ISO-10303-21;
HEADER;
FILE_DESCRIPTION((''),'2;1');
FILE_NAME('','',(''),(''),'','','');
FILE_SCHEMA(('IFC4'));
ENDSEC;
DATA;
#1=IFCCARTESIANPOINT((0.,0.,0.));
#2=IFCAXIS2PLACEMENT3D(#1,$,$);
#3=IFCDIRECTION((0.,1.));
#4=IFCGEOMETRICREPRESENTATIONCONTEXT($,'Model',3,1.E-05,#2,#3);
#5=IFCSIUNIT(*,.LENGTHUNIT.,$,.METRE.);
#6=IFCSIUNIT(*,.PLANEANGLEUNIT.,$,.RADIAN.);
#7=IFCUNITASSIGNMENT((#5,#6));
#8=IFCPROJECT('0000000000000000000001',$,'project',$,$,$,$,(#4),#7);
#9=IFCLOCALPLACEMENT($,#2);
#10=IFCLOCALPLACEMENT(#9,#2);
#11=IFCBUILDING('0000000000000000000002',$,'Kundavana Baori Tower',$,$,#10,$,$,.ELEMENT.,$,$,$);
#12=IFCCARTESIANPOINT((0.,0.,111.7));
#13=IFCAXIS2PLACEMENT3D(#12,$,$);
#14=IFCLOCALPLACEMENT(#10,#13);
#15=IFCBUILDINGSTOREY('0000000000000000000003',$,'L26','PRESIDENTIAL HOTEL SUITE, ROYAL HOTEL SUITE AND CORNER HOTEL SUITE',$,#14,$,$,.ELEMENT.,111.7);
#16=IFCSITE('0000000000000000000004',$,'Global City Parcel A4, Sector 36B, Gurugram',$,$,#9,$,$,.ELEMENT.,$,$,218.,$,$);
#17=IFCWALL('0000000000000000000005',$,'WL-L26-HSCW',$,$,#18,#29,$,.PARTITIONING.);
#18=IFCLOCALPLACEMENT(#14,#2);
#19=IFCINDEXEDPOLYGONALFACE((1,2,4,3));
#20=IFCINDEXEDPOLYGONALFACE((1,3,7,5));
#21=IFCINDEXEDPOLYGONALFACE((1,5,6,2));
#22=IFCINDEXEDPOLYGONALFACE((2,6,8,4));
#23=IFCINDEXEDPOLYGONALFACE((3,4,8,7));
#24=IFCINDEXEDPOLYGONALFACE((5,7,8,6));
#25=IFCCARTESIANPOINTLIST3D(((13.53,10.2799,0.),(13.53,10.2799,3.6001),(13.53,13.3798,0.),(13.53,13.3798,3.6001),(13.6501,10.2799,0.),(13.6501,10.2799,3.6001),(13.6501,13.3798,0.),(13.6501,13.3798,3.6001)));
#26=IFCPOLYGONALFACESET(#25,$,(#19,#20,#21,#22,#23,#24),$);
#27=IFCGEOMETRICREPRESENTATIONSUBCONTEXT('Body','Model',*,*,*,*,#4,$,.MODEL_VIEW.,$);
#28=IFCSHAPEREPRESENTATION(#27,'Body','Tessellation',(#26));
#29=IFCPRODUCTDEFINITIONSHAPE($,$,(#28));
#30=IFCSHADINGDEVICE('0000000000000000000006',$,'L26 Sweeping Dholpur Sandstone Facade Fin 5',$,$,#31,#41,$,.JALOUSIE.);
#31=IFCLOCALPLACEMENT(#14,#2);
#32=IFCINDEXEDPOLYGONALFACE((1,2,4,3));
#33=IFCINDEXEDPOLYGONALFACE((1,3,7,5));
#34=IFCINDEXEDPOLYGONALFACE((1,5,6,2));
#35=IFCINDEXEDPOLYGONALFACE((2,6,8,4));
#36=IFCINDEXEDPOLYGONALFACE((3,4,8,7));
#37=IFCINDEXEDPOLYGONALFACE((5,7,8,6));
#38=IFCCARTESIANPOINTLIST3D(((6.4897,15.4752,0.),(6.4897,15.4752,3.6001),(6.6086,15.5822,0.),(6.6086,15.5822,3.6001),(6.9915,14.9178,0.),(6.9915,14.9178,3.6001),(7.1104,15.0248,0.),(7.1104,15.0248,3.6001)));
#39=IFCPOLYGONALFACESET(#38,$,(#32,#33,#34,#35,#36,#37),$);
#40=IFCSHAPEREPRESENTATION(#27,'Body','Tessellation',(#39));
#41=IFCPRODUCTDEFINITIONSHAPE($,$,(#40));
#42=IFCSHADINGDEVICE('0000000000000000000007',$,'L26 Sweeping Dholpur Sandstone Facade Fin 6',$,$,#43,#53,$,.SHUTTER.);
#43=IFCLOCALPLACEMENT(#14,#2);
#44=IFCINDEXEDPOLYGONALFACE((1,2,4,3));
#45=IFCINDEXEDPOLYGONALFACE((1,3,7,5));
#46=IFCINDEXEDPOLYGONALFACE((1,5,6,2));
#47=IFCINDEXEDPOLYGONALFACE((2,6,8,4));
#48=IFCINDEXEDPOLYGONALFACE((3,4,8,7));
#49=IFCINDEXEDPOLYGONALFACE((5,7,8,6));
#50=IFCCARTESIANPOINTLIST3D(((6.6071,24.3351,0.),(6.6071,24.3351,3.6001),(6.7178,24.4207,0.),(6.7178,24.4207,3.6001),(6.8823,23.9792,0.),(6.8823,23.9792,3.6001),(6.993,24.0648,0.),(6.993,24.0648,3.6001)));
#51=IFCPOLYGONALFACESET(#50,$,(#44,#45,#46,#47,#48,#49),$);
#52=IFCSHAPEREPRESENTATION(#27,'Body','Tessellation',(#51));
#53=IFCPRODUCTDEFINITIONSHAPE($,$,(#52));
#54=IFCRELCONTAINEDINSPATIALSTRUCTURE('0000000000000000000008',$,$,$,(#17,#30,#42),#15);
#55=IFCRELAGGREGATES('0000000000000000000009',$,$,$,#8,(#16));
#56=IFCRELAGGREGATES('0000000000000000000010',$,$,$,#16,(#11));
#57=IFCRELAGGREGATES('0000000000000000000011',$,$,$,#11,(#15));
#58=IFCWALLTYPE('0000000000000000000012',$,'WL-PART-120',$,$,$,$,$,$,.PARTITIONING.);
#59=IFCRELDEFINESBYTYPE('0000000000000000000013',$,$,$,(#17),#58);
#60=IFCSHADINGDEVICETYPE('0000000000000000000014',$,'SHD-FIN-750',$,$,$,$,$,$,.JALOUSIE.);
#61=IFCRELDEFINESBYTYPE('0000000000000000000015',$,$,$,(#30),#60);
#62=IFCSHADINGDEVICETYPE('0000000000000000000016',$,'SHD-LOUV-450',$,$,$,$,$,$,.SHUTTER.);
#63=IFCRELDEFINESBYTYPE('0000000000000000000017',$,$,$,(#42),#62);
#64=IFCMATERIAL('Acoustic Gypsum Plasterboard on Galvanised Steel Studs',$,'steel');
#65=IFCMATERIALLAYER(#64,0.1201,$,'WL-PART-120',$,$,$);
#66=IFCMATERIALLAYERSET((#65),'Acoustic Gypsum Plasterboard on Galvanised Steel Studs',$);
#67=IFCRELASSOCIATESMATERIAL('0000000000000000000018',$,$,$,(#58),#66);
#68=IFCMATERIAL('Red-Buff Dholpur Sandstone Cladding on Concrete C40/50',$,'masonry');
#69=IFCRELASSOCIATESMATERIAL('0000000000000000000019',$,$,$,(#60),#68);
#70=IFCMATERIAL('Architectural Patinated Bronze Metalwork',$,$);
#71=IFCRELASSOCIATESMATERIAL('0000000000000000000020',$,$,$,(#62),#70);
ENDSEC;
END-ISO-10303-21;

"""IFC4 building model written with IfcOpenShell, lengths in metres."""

from ifc_helpers import new_model, si_unit, direction, frame, frame_2d, origin, origin_2d, place, context, subcontext, project, spatial, rectangle, extrude, material, layer, layer_set, type_object, element, save


model = new_model("IFC4")

# Units and contexts
model_context = context("Model", 3, precision=1e-05, world=origin(), true_north=direction((0.0, 1.0)))
body_context = subcontext(model_context, "Body", "Model", "MODEL_VIEW")
ifc_project = project(units=[si_unit("LENGTHUNIT", "METRE"), si_unit("PLANEANGLEUNIT", "RADIAN")], contexts=[model_context])

# Site, building, storey
site_placement = place(None, origin())
site = spatial("IfcSite", under=ifc_project, at=site_placement, Name="Global City Parcel A4, Sector 36B, Gurugram", CompositionType="ELEMENT", RefElevation=218.0)
building_placement = place(site_placement, origin())
building = spatial("IfcBuilding", under=site, at=building_placement, Name="Kundavana Baori Tower", CompositionType="ELEMENT")
storey_placement = place(building_placement, frame((0.0, 0.0, 111.7)))
storey = spatial("IfcBuildingStorey", under=building, at=storey_placement, Name="L26", Description="PRESIDENTIAL HOTEL SUITE, ROYAL HOTEL SUITE AND CORNER HOTEL SUITE", CompositionType="ELEMENT", Elevation=111.7)

# Shared definitions
ifc_material_1 = material(Name="Acoustic Gypsum Plasterboard on Galvanised Steel Studs", Category="steel")
ifc_layer_1 = layer(ifc_material_1, 0.1201, Name="WL-PART-120")
ifc_layer_set_1 = layer_set([ifc_layer_1], Name="Acoustic Gypsum Plasterboard on Galvanised Steel Studs")
wall_type_1 = type_object("IfcWallType", Name="WL-PART-120", PredefinedType="PARTITIONING", material=ifc_layer_set_1)

# Wall
wall_1_placement = place(storey_placement, frame((13.5901, 10.28, 0.0), z_axis=(0.0, 0.0, 1.0), x_axis=(0.0, 1.0, 0.0)))
element("IfcWall", 1, at=wall_1_placement, inside=storey, type_object=wall_type_1, Name="WL-L26-HSCW", PredefinedType="PARTITIONING", context=body_context, shape_type="SweptSolid", body=[
    extrude(rectangle(XDim=3.0999, YDim=0.1201, at=frame_2d((1.5498, 0.0))), origin(), (0.0, 0.0, 1.0), 3.6001),
])

# Shading devices
ifc_material_2 = material(Name="Red-Buff Dholpur Sandstone Cladding on Concrete C40/50", Category="masonry")
shading_device_type_1 = type_object("IfcShadingDeviceType", Name="SHD-FIN-750", PredefinedType="JALOUSIE", material=ifc_material_2)
shading_device_1_placement = place(storey_placement, frame((6.8, 15.25, 0.0), z_axis=(0.0, 0.0, 1.0), x_axis=(0.743262, 0.669001, 0.0)))
element("IfcShadingDevice", 2, at=shading_device_1_placement, inside=storey, type_object=shading_device_type_1, Name="L26 Sweeping Dholpur Sandstone Facade Fin 5", PredefinedType="JALOUSIE", context=body_context, shape_type="SweptSolid", body=[
    extrude(rectangle(XDim=0.1599, YDim=0.75, at=origin_2d()), origin(), (0.0, 0.0, 1.0), 3.6001),
])
ifc_material_3 = material(Name="Architectural Patinated Bronze Metalwork")
shading_device_type_2 = type_object("IfcShadingDeviceType", Name="SHD-LOUV-450", PredefinedType="SHUTTER", material=ifc_material_3)
shading_device_2_placement = place(storey_placement, frame((6.8, 24.2, 0.0), z_axis=(0.0, 0.0, 1.0), x_axis=(0.791117, 0.611665, 0.0)))
element("IfcShadingDevice", 3, at=shading_device_2_placement, inside=storey, type_object=shading_device_type_2, Name="L26 Sweeping Dholpur Sandstone Facade Fin 6", PredefinedType="SHUTTER", context=body_context, shape_type="SweptSolid", body=[
    extrude(rectangle(XDim=0.1399, YDim=0.45, at=origin_2d()), origin(), (0.0, 0.0, 1.0), 3.6001),
])

save(model, "model.ifc")
